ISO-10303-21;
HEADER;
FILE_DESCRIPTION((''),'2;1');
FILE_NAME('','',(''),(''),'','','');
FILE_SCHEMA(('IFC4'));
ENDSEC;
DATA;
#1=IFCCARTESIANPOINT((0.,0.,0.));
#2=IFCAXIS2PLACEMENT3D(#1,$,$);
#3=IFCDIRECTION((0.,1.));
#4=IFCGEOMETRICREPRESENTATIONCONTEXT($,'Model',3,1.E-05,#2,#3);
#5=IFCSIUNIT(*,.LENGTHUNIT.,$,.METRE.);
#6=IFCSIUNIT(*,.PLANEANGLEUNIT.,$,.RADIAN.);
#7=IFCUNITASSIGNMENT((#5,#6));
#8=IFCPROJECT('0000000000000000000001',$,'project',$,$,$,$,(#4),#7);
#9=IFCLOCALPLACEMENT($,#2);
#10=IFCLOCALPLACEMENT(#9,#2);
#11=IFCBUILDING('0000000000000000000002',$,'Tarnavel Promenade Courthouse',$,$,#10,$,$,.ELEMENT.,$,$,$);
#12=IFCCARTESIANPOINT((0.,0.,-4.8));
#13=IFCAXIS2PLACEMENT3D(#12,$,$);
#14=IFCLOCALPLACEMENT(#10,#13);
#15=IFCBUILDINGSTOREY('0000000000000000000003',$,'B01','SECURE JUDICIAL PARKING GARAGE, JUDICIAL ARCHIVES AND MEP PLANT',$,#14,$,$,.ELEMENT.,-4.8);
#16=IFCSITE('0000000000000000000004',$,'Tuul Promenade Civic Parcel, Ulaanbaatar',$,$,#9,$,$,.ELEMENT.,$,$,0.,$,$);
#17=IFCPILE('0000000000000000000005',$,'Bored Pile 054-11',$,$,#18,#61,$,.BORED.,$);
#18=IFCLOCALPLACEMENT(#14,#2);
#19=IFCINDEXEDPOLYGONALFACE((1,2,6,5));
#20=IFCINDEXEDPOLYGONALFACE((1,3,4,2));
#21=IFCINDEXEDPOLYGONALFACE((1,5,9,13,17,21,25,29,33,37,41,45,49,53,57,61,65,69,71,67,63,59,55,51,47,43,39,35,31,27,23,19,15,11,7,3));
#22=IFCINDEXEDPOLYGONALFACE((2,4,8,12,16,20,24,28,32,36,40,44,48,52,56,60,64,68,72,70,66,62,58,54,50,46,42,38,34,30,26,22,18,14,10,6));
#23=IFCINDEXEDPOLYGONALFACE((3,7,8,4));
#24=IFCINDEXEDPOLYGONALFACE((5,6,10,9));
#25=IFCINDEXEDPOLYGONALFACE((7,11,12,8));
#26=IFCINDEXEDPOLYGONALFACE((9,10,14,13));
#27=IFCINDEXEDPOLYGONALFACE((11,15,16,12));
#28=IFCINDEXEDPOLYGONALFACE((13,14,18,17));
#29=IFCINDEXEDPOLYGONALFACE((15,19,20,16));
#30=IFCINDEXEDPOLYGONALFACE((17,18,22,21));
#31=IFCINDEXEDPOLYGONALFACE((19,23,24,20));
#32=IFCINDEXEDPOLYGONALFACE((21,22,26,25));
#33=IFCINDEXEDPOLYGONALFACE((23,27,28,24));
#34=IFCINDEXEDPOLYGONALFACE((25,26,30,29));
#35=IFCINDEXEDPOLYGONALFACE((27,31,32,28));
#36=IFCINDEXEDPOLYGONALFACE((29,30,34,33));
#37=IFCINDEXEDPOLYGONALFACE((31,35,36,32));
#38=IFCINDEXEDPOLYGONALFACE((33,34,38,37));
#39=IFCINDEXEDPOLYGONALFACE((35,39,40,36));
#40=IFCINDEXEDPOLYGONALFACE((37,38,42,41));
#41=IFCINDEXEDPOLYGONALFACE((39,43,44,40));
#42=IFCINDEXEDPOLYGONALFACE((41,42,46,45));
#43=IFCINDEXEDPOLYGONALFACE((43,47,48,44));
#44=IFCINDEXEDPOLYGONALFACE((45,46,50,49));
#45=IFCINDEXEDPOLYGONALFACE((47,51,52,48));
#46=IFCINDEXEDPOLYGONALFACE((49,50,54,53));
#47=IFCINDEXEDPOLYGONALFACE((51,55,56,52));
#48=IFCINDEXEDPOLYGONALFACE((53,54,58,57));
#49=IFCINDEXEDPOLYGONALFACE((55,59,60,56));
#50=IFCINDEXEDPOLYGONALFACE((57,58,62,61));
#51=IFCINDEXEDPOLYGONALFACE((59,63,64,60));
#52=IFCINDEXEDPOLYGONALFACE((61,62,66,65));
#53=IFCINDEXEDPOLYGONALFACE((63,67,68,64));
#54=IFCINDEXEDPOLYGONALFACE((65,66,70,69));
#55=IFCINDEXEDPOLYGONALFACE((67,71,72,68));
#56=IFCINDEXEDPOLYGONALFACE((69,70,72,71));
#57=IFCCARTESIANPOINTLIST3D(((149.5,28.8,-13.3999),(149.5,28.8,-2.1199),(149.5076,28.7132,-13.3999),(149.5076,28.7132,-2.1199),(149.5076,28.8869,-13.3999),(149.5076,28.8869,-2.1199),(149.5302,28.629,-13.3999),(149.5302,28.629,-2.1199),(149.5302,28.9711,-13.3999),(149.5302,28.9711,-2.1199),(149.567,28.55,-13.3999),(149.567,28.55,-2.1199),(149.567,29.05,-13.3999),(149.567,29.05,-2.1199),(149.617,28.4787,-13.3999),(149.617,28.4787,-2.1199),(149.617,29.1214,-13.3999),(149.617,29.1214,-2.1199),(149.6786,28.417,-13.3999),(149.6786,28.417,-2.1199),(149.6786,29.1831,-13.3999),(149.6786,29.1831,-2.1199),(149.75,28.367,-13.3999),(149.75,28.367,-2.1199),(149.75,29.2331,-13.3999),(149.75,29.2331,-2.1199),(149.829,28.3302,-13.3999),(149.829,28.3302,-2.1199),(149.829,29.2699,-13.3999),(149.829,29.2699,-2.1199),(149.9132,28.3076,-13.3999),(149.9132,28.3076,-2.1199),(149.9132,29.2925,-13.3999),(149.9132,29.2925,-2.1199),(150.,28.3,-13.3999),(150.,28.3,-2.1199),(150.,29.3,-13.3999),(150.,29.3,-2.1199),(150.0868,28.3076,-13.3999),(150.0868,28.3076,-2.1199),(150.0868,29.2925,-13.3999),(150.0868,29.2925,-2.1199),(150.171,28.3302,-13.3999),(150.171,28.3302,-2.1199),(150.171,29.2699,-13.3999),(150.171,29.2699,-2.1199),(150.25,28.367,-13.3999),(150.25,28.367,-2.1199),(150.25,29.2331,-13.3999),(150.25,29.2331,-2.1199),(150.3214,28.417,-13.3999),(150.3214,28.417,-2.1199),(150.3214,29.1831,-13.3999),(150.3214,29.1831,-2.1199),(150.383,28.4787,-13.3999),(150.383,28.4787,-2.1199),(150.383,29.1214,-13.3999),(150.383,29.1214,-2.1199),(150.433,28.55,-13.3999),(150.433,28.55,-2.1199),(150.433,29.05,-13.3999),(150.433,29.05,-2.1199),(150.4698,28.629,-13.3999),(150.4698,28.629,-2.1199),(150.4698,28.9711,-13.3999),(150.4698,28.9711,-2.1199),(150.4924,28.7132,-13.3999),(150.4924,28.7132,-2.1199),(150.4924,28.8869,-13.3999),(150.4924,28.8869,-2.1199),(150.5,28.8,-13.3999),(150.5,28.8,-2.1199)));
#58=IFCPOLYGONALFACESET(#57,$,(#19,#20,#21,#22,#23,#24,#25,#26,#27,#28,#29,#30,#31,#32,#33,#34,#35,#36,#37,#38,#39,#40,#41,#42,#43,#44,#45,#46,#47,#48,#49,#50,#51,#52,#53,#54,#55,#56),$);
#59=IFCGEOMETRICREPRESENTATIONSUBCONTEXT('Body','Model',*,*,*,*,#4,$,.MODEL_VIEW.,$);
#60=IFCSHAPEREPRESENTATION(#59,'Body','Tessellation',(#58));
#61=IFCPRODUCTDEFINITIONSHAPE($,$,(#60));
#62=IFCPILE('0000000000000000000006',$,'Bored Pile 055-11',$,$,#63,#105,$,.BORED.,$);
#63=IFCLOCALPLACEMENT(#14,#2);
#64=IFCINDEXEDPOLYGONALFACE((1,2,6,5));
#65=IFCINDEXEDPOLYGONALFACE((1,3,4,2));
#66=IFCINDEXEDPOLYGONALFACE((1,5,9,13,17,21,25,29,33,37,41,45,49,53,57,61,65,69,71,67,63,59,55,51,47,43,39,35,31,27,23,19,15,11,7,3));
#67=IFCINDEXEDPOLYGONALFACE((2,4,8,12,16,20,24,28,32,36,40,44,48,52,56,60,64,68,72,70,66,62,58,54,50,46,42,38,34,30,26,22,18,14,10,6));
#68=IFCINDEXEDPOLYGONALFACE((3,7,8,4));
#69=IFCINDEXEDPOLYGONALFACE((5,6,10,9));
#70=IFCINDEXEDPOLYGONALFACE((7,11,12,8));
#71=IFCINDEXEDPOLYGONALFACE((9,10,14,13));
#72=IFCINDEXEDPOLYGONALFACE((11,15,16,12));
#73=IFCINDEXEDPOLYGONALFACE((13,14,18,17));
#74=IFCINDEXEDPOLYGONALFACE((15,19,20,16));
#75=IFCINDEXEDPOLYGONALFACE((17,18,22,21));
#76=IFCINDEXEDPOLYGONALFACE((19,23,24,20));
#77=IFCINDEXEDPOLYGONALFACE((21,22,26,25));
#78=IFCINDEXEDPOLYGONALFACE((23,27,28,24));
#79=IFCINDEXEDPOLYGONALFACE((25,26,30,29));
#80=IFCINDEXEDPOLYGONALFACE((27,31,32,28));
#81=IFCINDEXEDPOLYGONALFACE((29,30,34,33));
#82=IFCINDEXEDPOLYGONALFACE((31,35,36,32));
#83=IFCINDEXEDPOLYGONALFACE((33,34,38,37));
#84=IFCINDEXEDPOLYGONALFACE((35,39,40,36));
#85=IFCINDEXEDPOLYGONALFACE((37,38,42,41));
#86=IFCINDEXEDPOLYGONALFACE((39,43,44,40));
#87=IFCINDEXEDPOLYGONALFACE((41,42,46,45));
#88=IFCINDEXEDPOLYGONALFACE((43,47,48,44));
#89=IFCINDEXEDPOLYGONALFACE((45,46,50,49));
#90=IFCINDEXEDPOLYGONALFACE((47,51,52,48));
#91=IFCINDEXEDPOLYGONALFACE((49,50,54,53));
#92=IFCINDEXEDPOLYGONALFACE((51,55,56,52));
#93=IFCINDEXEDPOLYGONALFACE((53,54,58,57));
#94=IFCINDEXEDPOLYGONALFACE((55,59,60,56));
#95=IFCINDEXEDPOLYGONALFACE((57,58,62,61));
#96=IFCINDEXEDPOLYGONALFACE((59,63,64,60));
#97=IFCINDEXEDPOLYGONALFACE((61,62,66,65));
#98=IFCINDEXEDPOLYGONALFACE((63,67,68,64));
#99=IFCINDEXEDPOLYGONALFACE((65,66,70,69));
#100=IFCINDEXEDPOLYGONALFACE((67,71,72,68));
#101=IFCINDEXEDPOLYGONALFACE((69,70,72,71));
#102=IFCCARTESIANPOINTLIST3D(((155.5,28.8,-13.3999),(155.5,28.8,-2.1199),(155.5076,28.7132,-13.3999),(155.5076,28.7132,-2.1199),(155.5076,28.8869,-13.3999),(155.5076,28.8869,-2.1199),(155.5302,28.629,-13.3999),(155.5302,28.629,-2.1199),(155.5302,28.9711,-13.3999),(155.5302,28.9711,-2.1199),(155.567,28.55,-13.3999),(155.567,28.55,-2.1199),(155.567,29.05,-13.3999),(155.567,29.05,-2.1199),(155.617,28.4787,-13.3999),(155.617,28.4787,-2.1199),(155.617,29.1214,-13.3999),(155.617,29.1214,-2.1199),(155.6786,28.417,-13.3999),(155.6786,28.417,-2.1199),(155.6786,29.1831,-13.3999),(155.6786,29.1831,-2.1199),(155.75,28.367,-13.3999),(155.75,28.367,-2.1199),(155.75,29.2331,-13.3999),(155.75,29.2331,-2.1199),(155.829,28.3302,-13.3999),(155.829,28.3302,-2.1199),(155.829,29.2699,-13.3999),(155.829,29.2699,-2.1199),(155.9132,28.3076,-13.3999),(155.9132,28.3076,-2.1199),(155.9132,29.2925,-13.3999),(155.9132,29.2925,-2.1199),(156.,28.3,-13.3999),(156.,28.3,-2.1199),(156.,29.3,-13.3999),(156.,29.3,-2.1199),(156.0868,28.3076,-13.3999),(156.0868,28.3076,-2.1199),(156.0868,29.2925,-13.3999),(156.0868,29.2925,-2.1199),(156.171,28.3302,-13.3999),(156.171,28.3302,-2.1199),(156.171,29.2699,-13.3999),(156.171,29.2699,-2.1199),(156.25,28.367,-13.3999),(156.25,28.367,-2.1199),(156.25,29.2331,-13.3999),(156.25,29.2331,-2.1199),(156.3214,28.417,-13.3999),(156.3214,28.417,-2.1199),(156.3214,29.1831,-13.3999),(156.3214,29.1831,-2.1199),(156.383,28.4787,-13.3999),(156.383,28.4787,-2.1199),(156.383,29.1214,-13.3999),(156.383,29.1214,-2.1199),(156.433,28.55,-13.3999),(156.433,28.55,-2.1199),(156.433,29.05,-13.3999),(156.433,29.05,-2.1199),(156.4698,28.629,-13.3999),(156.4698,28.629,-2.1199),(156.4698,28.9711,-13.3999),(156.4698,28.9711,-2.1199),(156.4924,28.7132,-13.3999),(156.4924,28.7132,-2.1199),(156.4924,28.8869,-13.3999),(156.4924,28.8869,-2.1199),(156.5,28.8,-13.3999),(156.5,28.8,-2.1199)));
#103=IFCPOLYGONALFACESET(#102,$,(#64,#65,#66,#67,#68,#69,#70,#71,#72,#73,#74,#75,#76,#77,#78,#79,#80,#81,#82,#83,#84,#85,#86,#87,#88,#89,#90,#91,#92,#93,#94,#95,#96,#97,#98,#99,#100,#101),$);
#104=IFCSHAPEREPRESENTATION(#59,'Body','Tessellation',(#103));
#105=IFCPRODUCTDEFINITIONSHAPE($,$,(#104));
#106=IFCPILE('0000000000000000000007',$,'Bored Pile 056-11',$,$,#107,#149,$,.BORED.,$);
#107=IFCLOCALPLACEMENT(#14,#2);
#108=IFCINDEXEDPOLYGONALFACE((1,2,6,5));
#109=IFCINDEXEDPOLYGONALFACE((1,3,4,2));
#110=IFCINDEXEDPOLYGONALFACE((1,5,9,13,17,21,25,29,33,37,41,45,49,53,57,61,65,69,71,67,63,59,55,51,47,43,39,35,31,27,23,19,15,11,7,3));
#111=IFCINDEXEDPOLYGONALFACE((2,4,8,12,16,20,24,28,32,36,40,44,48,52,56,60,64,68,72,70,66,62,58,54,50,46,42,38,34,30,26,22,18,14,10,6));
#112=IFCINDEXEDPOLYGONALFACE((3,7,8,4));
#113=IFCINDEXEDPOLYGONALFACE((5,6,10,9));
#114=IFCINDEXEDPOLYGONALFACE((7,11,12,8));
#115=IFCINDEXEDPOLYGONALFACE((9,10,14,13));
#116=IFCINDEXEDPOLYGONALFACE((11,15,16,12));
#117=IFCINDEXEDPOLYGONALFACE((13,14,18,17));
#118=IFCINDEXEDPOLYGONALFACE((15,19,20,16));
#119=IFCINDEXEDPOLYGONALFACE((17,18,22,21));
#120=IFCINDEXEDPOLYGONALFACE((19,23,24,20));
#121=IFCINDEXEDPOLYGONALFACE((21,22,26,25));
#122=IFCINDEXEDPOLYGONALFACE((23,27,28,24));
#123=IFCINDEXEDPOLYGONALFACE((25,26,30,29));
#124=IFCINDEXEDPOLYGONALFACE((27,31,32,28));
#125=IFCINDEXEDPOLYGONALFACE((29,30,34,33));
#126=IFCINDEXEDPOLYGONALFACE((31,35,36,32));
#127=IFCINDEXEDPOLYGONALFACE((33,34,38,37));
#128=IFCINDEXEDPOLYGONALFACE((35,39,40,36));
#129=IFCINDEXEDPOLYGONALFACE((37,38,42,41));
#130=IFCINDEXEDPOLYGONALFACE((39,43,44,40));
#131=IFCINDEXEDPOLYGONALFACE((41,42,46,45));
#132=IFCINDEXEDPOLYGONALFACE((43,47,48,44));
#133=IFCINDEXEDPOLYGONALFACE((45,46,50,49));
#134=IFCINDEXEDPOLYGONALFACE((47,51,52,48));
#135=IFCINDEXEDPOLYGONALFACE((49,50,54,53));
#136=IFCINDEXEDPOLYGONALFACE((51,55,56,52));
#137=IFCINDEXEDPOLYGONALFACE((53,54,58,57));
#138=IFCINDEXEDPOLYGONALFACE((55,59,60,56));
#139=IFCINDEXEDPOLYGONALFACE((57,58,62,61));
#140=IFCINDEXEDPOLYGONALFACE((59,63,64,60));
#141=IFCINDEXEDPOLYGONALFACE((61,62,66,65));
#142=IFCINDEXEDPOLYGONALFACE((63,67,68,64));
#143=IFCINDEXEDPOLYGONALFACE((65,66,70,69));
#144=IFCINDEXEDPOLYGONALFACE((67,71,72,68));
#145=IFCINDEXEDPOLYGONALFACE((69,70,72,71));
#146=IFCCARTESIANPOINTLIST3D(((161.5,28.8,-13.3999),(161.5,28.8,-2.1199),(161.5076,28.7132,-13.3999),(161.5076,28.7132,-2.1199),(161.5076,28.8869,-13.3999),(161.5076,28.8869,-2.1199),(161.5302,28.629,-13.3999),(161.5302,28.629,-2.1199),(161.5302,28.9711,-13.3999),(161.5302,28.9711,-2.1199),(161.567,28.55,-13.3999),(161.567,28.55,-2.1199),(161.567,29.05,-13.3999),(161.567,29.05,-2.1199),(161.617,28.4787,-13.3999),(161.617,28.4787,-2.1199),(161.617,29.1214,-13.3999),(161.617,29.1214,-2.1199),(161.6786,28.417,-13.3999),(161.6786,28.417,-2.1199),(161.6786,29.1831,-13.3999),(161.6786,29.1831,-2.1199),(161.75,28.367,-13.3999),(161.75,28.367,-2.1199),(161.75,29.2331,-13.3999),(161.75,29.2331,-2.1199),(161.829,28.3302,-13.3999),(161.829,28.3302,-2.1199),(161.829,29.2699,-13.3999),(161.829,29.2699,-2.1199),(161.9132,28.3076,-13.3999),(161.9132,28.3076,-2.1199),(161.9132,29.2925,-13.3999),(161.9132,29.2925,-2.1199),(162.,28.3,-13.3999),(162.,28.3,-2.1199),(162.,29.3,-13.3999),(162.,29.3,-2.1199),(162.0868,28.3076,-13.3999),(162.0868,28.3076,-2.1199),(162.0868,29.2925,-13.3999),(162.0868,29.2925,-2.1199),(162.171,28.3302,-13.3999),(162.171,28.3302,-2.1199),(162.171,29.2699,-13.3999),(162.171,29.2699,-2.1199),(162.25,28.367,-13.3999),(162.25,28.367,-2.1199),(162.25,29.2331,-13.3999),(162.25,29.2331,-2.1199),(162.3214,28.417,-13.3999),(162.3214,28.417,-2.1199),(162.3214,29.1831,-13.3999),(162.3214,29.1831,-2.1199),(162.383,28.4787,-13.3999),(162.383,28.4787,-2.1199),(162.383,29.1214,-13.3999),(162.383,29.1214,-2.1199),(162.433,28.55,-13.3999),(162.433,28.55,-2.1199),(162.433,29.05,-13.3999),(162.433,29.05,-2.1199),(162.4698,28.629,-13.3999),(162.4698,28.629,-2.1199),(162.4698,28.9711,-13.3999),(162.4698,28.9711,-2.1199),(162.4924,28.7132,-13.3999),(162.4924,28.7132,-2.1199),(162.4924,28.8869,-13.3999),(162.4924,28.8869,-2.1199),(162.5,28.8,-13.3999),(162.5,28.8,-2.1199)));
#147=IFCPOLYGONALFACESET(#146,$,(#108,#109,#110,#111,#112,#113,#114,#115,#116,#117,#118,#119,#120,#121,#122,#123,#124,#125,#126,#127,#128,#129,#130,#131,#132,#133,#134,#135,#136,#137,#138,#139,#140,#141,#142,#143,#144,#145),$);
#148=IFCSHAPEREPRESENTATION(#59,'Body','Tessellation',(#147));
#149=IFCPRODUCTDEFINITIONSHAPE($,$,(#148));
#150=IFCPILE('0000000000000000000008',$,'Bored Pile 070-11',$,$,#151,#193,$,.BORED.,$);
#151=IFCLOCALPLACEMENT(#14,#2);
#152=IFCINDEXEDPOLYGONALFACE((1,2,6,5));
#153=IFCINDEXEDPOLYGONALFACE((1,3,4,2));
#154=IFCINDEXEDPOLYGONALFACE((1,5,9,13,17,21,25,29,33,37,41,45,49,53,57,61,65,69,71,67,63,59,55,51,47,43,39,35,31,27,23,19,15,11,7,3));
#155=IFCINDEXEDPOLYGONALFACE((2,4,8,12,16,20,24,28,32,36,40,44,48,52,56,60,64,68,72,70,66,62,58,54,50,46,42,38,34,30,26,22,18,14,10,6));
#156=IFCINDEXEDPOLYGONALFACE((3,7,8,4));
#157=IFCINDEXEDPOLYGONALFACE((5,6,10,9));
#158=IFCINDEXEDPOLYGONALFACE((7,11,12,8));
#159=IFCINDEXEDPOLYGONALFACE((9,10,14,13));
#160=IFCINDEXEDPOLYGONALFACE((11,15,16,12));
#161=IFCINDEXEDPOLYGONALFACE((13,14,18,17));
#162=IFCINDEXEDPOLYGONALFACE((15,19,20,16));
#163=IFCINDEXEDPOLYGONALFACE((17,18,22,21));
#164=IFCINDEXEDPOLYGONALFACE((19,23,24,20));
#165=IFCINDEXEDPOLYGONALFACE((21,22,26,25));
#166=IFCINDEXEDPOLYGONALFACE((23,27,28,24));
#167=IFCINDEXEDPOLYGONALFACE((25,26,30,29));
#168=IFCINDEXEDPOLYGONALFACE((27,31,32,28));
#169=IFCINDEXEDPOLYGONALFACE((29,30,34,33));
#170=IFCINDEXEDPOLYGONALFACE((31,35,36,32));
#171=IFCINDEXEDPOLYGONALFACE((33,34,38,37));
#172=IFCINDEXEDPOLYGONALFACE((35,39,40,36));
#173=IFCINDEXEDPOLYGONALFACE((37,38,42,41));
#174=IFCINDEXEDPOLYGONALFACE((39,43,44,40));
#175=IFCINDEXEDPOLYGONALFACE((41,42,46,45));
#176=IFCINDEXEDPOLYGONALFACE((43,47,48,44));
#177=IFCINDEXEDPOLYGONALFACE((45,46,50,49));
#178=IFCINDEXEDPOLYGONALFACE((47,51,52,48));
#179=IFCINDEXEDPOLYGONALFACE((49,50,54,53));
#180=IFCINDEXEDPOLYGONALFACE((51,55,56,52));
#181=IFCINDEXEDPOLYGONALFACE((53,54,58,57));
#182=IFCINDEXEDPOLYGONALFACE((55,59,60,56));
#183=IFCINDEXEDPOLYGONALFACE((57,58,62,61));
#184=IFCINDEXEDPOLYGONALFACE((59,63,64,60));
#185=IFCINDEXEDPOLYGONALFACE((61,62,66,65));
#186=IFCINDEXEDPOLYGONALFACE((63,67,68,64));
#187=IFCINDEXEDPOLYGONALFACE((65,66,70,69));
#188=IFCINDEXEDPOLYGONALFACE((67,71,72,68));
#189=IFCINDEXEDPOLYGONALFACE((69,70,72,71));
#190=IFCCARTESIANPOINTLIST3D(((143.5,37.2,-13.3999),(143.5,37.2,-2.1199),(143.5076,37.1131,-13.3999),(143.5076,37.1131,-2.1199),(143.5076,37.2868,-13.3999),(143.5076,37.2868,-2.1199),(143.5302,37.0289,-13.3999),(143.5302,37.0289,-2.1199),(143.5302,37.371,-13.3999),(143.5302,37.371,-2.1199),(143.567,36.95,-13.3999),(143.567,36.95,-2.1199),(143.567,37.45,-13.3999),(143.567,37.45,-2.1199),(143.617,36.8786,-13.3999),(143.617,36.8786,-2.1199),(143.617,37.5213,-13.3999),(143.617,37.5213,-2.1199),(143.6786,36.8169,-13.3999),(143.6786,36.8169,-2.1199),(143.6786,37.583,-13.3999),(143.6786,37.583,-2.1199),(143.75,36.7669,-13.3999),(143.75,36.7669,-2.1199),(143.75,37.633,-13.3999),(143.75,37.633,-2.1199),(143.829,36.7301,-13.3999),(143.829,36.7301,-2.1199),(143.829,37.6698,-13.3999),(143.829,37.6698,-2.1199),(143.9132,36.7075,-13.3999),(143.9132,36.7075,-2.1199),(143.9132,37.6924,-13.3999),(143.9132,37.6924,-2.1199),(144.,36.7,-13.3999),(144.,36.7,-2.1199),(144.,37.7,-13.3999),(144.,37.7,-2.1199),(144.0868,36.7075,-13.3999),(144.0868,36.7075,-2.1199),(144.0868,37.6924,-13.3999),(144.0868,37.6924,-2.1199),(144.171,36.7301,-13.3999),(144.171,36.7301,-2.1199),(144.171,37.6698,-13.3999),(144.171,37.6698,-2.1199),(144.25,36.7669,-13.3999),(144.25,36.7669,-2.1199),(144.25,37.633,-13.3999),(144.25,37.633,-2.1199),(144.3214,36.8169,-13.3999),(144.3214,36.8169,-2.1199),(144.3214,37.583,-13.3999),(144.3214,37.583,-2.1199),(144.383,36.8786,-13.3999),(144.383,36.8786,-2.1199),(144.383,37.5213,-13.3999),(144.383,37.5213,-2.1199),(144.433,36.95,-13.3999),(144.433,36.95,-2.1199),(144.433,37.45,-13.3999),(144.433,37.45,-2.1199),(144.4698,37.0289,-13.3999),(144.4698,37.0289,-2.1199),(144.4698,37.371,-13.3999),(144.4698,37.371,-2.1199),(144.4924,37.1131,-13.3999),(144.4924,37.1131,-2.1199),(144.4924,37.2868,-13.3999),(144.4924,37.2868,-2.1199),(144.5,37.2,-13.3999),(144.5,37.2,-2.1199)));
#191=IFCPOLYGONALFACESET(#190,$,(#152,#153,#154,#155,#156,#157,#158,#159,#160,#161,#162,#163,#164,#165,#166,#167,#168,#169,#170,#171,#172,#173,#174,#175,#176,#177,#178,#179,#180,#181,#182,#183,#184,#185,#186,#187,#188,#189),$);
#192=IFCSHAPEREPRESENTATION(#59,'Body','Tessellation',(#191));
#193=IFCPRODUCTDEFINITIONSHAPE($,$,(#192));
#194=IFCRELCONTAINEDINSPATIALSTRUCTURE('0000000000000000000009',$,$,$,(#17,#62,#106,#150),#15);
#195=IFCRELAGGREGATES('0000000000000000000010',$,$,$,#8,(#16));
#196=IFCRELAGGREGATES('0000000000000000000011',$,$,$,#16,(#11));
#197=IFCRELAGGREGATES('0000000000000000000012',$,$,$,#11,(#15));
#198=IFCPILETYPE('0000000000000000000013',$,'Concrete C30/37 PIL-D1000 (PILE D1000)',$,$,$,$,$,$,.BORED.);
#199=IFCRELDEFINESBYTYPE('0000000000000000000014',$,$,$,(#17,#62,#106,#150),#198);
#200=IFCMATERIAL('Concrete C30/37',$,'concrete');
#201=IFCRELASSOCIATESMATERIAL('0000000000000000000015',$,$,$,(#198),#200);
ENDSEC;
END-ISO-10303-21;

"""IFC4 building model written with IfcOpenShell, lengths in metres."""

from ifc_helpers import new_model, si_unit, direction, frame, origin, origin_2d, place, context, subcontext, project, spatial, circle, extrude, material, material_profile, profile_set, type_object, element, save


model = new_model("IFC4")

# Units and contexts
model_context = context("Model", 3, precision=1e-05, world=origin(), true_north=direction((0.0, 1.0)))
body_context = subcontext(model_context, "Body", "Model", "MODEL_VIEW")
ifc_project = project(units=[si_unit("LENGTHUNIT", "METRE"), si_unit("PLANEANGLEUNIT", "RADIAN")], contexts=[model_context])

# Site, building, storey
site_placement = place(None, origin())
site = spatial("IfcSite", under=ifc_project, at=site_placement, Name="Tuul Promenade Civic Parcel, Ulaanbaatar", CompositionType="ELEMENT", RefElevation=0.0)
building_placement = place(site_placement, origin())
building = spatial("IfcBuilding", under=site, at=building_placement, Name="Tarnavel Promenade Courthouse", CompositionType="ELEMENT")
storey_placement = place(building_placement, frame((0.0, 0.0, -4.8)))
storey = spatial("IfcBuildingStorey", under=building, at=storey_placement, Name="B01", Description="SECURE JUDICIAL PARKING GARAGE, JUDICIAL ARCHIVES AND MEP PLANT", CompositionType="ELEMENT", Elevation=-4.8)

# Piles
ifc_material_1 = material(Name="Concrete C30/37", Category="concrete")
ifc_material_profile_1 = material_profile(ifc_material_1, circle(Radius=0.5, at=origin_2d()), Name="PILE D1000")
ifc_profile_set_1 = profile_set([ifc_material_profile_1], Name="Concrete C30/37")
pile_type_1 = type_object("IfcPileType", Name="Concrete C30/37 PIL-D1000 (PILE D1000)", PredefinedType="BORED", material=ifc_profile_set_1)
for number, where, z_axis, x_axis, name in (
    (1, (150.0, 28.8, -2.1199), (0.0, 0.0, -1.0), (1.0, 0.0, 0.0), "Bored Pile 054-11"),
    (2, (156.0, 28.8, -2.1199), (0.0, 0.0, -1.0), (1.0, 0.0, 0.0), "Bored Pile 055-11"),
    (3, (162.0, 28.8, -2.1199), (0.0, 0.0, -1.0), (1.0, 0.0, 0.0), "Bored Pile 056-11"),
    (4, (144.0, 37.2, -2.1199), (0.0, 0.0, -1.0), (1.0, 0.0, 0.0), "Bored Pile 070-11"),
):
    element("IfcPile", number, at=place(storey_placement, frame(where, z_axis=z_axis, x_axis=x_axis)), inside=storey, type_object=pile_type_1, Name=name, PredefinedType="BORED", context=body_context, shape_type="SweptSolid", body=[
        extrude(circle(Radius=0.5, at=origin_2d()), origin(), (0.0, 0.0, 1.0), 11.28),
    ])

save(model, "model.ifc")
